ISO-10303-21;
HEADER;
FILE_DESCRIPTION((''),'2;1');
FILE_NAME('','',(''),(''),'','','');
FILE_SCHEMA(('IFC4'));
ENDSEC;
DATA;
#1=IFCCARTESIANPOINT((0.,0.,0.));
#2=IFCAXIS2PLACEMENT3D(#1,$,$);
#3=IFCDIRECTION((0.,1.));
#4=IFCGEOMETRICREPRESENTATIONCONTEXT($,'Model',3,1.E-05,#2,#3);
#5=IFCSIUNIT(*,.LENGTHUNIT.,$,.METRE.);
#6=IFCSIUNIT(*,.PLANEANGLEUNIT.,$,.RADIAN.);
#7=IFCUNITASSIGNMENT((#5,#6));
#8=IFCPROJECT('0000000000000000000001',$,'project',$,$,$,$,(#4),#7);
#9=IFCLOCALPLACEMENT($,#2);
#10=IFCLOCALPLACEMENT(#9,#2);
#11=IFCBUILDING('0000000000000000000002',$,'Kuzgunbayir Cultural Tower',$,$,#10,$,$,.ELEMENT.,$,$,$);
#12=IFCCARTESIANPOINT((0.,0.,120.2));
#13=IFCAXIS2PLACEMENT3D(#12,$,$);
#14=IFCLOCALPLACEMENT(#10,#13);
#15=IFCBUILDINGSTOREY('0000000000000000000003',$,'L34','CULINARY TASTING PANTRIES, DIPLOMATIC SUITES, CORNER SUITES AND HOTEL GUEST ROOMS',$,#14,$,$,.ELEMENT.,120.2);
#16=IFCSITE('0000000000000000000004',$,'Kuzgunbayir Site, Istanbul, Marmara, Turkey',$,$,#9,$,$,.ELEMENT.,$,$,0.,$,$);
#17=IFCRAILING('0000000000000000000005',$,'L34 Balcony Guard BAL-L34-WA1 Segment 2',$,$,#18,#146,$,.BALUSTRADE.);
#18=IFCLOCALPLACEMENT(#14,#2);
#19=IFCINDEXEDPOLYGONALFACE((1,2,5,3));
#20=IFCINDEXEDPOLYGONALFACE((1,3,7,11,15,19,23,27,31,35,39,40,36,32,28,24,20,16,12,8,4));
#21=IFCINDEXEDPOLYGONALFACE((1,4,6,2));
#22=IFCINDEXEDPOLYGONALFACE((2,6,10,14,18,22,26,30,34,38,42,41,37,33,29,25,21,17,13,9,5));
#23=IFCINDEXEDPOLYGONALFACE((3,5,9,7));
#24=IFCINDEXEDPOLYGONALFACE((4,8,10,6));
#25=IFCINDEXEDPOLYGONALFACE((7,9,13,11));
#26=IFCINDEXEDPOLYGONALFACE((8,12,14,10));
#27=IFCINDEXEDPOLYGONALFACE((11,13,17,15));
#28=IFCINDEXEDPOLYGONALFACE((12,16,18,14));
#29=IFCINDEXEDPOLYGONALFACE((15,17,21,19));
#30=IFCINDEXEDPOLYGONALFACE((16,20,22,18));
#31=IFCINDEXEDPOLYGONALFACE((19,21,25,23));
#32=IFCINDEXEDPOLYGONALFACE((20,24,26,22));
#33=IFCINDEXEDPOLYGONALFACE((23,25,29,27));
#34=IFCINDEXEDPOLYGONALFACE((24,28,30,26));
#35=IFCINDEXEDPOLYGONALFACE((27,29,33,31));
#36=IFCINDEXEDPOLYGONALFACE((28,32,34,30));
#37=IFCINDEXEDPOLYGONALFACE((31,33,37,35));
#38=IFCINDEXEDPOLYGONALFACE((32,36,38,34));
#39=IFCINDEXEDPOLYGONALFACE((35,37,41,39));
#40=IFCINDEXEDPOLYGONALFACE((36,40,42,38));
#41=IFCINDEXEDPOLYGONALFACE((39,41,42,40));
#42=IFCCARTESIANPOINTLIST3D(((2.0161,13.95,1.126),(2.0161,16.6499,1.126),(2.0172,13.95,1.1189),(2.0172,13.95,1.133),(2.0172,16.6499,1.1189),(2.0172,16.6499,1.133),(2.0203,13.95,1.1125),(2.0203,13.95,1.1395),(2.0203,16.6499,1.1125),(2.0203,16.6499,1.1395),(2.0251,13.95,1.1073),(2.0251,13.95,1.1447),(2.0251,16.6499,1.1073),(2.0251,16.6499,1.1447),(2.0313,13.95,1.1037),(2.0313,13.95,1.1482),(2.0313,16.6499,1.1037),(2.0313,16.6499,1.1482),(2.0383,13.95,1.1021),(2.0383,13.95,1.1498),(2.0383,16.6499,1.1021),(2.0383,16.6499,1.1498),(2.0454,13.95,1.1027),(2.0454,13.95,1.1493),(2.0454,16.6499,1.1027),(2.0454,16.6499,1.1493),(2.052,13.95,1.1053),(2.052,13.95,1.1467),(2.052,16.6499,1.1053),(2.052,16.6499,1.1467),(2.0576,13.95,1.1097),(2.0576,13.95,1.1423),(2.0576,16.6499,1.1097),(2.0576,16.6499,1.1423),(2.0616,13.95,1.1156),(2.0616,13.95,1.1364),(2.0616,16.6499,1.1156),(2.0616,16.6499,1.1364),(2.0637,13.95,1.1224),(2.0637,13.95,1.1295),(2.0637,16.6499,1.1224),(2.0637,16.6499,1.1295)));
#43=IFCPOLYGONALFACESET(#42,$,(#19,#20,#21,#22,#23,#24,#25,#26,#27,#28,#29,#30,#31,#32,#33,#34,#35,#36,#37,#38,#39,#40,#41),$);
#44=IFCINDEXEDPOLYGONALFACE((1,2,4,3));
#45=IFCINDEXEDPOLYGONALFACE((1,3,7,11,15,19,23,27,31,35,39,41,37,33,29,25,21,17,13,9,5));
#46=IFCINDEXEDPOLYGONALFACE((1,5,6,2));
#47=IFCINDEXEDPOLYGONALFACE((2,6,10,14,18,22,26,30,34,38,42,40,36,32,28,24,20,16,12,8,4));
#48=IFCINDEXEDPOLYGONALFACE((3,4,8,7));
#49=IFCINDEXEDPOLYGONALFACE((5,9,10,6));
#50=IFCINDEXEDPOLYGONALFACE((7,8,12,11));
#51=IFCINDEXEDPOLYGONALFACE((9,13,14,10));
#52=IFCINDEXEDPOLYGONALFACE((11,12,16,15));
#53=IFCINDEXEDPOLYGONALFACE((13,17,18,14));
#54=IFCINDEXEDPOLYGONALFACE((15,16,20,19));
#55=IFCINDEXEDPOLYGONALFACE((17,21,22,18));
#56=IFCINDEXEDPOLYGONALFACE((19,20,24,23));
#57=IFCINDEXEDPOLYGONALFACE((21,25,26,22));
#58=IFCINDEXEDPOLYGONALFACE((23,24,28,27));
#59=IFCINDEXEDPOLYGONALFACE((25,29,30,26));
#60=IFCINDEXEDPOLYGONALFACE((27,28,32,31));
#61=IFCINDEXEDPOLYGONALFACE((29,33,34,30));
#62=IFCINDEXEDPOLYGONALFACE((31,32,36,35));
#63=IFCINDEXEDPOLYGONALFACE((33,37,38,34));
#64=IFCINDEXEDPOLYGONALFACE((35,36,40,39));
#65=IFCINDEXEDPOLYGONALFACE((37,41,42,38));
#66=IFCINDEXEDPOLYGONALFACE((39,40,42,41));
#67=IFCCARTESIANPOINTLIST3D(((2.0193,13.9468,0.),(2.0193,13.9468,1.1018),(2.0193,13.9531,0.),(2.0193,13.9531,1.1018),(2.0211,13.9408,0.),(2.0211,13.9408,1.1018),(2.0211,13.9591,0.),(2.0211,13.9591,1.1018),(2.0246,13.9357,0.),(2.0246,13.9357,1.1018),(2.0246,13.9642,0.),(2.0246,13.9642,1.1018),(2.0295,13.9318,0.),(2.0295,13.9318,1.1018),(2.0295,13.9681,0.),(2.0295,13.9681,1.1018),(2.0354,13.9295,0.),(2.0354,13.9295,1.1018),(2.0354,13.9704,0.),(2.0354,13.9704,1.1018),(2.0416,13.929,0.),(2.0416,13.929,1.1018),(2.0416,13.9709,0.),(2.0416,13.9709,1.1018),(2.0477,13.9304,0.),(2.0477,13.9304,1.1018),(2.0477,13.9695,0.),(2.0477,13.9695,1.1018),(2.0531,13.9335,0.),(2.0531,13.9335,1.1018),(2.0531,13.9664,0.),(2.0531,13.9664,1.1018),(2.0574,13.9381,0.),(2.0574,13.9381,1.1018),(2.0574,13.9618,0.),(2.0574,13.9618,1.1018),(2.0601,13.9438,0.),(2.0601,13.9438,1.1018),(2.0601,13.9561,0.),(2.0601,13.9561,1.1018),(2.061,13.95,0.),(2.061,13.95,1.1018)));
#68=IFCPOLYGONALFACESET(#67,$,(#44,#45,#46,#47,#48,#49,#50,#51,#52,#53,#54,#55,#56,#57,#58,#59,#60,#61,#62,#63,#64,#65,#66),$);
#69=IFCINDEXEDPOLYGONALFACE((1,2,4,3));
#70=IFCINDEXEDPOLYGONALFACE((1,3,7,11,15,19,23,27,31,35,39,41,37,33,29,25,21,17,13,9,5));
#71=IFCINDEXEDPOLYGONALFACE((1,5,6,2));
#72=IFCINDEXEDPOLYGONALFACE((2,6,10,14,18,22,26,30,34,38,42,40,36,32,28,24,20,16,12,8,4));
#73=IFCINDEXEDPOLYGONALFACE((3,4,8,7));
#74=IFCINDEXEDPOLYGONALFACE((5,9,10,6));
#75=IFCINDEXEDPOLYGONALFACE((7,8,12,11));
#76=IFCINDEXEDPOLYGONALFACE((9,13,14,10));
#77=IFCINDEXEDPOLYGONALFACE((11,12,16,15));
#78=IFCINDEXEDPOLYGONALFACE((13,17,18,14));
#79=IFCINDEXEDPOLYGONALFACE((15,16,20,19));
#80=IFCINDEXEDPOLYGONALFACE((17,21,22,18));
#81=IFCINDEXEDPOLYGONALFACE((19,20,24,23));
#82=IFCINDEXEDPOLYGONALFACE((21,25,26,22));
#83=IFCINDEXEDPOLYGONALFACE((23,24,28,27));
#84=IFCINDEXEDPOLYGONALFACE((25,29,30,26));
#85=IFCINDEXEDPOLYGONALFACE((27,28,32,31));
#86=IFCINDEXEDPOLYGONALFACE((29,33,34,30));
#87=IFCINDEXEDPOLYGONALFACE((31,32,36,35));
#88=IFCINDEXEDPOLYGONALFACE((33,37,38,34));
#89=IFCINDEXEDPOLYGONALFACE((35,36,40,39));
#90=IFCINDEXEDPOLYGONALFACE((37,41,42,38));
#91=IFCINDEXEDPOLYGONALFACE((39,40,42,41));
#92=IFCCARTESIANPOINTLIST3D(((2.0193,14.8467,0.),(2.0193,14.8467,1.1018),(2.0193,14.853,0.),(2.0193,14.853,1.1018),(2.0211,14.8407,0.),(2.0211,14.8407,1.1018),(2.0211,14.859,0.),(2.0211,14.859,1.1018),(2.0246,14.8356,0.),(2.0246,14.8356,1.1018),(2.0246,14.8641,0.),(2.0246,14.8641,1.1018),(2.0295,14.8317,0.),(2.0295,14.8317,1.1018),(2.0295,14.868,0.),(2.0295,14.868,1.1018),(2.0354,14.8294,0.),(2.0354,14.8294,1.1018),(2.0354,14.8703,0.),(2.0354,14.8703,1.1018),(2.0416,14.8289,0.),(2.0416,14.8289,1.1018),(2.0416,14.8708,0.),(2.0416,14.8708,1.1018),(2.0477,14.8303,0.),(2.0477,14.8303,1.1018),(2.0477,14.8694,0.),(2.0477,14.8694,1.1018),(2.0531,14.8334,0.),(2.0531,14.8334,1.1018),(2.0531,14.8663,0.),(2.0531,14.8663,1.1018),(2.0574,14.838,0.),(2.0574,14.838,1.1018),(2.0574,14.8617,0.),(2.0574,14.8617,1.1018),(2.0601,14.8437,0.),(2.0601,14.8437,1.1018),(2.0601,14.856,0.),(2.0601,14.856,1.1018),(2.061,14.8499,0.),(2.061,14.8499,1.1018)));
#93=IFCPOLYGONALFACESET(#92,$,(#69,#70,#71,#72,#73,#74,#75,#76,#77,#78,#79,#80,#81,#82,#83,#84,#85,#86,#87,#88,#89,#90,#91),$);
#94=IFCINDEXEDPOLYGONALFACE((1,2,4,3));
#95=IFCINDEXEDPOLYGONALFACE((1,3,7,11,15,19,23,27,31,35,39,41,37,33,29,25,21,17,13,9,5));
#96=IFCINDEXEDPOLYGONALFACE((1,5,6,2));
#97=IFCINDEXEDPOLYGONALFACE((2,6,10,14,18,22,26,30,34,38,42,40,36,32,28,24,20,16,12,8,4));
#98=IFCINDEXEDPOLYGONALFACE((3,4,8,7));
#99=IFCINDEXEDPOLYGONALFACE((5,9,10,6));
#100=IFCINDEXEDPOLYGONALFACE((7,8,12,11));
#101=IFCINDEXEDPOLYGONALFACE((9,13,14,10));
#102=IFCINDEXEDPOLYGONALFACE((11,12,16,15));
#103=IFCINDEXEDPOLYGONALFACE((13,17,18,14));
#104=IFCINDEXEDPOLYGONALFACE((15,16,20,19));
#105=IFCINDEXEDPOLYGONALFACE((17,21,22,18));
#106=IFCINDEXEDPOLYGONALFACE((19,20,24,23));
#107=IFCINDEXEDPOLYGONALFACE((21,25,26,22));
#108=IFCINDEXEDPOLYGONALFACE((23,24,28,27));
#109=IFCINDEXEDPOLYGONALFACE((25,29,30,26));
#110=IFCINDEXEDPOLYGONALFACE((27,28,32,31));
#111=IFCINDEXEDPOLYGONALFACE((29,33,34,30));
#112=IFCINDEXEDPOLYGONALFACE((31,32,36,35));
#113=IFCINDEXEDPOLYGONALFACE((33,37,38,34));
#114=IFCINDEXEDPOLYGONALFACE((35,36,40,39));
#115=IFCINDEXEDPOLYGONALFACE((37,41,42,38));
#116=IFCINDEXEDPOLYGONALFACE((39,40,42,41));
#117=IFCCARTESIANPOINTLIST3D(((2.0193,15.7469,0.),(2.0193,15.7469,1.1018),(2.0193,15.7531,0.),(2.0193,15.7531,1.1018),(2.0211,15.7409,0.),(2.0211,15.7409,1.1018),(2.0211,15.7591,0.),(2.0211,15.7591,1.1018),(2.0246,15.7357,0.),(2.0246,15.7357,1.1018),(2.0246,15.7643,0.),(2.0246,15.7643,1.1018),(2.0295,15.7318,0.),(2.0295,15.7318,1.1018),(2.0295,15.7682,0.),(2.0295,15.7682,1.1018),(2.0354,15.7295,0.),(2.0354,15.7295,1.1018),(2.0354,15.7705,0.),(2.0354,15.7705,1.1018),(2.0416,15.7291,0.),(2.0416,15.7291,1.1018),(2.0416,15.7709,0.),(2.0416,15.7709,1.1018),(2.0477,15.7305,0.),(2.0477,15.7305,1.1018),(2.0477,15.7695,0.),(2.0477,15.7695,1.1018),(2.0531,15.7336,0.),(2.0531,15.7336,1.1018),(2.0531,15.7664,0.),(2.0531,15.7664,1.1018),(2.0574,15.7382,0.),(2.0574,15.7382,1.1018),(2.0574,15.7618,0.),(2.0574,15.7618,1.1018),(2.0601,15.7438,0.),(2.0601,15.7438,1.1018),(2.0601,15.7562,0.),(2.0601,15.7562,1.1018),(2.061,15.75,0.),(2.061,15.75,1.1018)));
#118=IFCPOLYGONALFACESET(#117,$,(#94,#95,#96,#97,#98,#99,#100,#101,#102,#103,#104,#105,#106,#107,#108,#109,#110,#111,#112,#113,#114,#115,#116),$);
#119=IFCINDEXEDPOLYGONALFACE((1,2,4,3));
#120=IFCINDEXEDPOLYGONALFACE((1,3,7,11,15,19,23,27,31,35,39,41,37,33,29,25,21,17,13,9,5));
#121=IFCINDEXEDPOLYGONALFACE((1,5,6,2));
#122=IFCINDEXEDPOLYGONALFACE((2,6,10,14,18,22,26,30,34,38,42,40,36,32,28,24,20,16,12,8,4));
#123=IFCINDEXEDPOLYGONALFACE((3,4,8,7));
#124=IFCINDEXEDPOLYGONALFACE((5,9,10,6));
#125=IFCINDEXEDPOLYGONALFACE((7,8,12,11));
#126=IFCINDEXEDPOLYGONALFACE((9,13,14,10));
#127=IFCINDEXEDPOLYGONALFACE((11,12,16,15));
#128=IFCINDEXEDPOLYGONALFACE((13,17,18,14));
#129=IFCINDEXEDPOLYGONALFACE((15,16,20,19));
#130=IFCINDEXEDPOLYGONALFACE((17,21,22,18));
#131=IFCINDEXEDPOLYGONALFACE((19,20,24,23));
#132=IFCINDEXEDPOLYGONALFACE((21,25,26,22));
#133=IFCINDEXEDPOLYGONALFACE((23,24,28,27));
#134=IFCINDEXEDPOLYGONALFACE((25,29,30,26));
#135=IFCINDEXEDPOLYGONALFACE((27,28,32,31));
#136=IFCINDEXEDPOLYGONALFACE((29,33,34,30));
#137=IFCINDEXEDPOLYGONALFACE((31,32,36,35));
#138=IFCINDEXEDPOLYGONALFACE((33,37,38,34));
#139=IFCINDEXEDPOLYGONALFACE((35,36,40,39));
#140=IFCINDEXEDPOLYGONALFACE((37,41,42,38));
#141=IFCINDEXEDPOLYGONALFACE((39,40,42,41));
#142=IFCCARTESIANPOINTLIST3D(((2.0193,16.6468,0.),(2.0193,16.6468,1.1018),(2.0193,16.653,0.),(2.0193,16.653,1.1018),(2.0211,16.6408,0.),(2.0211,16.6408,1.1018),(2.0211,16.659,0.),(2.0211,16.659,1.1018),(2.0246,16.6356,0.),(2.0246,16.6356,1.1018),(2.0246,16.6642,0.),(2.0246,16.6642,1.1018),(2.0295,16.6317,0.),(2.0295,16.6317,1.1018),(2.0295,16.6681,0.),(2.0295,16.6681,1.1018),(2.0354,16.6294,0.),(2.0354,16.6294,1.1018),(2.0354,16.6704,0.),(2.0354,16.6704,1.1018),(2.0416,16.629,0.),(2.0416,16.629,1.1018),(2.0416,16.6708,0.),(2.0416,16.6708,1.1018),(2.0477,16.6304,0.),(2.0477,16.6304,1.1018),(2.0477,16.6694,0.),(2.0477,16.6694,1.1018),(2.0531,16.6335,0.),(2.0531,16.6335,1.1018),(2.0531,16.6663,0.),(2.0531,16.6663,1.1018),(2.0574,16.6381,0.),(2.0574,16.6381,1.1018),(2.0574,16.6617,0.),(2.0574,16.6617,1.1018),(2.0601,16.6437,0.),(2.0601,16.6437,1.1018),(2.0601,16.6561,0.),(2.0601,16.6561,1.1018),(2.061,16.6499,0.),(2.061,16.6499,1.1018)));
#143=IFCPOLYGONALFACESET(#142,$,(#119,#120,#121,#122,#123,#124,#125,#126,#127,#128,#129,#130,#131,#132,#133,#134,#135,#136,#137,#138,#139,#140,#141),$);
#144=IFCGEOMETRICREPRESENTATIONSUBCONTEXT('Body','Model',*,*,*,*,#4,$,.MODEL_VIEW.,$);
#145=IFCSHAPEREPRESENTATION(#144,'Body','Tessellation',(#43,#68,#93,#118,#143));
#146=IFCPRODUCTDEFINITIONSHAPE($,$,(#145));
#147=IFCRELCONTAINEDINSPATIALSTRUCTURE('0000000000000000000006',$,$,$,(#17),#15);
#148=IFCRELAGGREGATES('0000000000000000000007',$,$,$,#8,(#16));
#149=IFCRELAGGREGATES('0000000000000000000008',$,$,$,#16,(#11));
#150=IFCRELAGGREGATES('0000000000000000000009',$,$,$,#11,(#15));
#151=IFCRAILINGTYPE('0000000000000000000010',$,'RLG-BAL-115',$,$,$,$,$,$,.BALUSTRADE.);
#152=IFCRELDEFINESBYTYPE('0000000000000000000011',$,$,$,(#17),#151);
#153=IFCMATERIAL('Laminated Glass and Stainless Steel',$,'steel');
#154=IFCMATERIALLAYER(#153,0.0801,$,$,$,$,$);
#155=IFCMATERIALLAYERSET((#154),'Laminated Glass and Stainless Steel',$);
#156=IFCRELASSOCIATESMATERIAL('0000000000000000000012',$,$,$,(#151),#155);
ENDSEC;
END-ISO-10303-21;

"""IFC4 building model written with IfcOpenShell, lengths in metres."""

from ifc_helpers import new_model, si_unit, direction, frame, origin, origin_2d, place, context, subcontext, project, spatial, circle, extrude, material, layer, layer_set, type_object, element, save


model = new_model("IFC4")

# Units and contexts
model_context = context("Model", 3, precision=1e-05, world=origin(), true_north=direction((0.0, 1.0)))
body_context = subcontext(model_context, "Body", "Model", "MODEL_VIEW")
ifc_project = project(units=[si_unit("LENGTHUNIT", "METRE"), si_unit("PLANEANGLEUNIT", "RADIAN")], contexts=[model_context])

# Site, building, storey
site_placement = place(None, origin())
site = spatial("IfcSite", under=ifc_project, at=site_placement, Name="Kuzgunbayir Site, Istanbul, Marmara, Turkey", CompositionType="ELEMENT", RefElevation=0.0)
building_placement = place(site_placement, origin())
building = spatial("IfcBuilding", under=site, at=building_placement, Name="Kuzgunbayir Cultural Tower", CompositionType="ELEMENT")
storey_placement = place(building_placement, frame((0.0, 0.0, 120.2)))
storey = spatial("IfcBuildingStorey", under=building, at=storey_placement, Name="L34", Description="CULINARY TASTING PANTRIES, DIPLOMATIC SUITES, CORNER SUITES AND HOTEL GUEST ROOMS", CompositionType="ELEMENT", Elevation=120.2)

# Railing
ifc_material_1 = material(Name="Laminated Glass and Stainless Steel", Category="steel")
ifc_layer_1 = layer(ifc_material_1, 0.0801)
ifc_layer_set_1 = layer_set([ifc_layer_1], Name="Laminated Glass and Stainless Steel")
railing_type = type_object("IfcRailingType", Name="RLG-BAL-115", PredefinedType="BALUSTRADE", material=ifc_layer_set_1)
railing_1_placement = place(storey_placement, frame((2.04, 13.95, 0.0)))
element("IfcRailing", 1, at=railing_1_placement, inside=storey, type_object=railing_type, Name="L34 Balcony Guard BAL-L34-WA1 Segment 2", PredefinedType="BALUSTRADE", context=body_context, shape_type="SweptSolid", body=[
    extrude(circle(Radius=0.0239, at=origin_2d()), frame((0.0, 0.0, 1.126), z_axis=(0.0, 1.0, 0.0), x_axis=(-1.0, 0.0, 0.0)), (0.0, 0.0, 1.0), 2.7),
    extrude(circle(Radius=0.021, at=origin_2d()), origin(), (0.0, 0.0, 1.0), 1.1018),
    extrude(circle(Radius=0.021, at=origin_2d()), frame((0.0, 0.8999, 0.0)), (0.0, 0.0, 1.0), 1.1018),
    extrude(circle(Radius=0.021, at=origin_2d()), frame((0.0, 1.8, 0.0)), (0.0, 0.0, 1.0), 1.1018),
    extrude(circle(Radius=0.021, at=origin_2d()), frame((0.0, 2.7, 0.0)), (0.0, 0.0, 1.0), 1.1018),
])

save(model, "model.ifc")
